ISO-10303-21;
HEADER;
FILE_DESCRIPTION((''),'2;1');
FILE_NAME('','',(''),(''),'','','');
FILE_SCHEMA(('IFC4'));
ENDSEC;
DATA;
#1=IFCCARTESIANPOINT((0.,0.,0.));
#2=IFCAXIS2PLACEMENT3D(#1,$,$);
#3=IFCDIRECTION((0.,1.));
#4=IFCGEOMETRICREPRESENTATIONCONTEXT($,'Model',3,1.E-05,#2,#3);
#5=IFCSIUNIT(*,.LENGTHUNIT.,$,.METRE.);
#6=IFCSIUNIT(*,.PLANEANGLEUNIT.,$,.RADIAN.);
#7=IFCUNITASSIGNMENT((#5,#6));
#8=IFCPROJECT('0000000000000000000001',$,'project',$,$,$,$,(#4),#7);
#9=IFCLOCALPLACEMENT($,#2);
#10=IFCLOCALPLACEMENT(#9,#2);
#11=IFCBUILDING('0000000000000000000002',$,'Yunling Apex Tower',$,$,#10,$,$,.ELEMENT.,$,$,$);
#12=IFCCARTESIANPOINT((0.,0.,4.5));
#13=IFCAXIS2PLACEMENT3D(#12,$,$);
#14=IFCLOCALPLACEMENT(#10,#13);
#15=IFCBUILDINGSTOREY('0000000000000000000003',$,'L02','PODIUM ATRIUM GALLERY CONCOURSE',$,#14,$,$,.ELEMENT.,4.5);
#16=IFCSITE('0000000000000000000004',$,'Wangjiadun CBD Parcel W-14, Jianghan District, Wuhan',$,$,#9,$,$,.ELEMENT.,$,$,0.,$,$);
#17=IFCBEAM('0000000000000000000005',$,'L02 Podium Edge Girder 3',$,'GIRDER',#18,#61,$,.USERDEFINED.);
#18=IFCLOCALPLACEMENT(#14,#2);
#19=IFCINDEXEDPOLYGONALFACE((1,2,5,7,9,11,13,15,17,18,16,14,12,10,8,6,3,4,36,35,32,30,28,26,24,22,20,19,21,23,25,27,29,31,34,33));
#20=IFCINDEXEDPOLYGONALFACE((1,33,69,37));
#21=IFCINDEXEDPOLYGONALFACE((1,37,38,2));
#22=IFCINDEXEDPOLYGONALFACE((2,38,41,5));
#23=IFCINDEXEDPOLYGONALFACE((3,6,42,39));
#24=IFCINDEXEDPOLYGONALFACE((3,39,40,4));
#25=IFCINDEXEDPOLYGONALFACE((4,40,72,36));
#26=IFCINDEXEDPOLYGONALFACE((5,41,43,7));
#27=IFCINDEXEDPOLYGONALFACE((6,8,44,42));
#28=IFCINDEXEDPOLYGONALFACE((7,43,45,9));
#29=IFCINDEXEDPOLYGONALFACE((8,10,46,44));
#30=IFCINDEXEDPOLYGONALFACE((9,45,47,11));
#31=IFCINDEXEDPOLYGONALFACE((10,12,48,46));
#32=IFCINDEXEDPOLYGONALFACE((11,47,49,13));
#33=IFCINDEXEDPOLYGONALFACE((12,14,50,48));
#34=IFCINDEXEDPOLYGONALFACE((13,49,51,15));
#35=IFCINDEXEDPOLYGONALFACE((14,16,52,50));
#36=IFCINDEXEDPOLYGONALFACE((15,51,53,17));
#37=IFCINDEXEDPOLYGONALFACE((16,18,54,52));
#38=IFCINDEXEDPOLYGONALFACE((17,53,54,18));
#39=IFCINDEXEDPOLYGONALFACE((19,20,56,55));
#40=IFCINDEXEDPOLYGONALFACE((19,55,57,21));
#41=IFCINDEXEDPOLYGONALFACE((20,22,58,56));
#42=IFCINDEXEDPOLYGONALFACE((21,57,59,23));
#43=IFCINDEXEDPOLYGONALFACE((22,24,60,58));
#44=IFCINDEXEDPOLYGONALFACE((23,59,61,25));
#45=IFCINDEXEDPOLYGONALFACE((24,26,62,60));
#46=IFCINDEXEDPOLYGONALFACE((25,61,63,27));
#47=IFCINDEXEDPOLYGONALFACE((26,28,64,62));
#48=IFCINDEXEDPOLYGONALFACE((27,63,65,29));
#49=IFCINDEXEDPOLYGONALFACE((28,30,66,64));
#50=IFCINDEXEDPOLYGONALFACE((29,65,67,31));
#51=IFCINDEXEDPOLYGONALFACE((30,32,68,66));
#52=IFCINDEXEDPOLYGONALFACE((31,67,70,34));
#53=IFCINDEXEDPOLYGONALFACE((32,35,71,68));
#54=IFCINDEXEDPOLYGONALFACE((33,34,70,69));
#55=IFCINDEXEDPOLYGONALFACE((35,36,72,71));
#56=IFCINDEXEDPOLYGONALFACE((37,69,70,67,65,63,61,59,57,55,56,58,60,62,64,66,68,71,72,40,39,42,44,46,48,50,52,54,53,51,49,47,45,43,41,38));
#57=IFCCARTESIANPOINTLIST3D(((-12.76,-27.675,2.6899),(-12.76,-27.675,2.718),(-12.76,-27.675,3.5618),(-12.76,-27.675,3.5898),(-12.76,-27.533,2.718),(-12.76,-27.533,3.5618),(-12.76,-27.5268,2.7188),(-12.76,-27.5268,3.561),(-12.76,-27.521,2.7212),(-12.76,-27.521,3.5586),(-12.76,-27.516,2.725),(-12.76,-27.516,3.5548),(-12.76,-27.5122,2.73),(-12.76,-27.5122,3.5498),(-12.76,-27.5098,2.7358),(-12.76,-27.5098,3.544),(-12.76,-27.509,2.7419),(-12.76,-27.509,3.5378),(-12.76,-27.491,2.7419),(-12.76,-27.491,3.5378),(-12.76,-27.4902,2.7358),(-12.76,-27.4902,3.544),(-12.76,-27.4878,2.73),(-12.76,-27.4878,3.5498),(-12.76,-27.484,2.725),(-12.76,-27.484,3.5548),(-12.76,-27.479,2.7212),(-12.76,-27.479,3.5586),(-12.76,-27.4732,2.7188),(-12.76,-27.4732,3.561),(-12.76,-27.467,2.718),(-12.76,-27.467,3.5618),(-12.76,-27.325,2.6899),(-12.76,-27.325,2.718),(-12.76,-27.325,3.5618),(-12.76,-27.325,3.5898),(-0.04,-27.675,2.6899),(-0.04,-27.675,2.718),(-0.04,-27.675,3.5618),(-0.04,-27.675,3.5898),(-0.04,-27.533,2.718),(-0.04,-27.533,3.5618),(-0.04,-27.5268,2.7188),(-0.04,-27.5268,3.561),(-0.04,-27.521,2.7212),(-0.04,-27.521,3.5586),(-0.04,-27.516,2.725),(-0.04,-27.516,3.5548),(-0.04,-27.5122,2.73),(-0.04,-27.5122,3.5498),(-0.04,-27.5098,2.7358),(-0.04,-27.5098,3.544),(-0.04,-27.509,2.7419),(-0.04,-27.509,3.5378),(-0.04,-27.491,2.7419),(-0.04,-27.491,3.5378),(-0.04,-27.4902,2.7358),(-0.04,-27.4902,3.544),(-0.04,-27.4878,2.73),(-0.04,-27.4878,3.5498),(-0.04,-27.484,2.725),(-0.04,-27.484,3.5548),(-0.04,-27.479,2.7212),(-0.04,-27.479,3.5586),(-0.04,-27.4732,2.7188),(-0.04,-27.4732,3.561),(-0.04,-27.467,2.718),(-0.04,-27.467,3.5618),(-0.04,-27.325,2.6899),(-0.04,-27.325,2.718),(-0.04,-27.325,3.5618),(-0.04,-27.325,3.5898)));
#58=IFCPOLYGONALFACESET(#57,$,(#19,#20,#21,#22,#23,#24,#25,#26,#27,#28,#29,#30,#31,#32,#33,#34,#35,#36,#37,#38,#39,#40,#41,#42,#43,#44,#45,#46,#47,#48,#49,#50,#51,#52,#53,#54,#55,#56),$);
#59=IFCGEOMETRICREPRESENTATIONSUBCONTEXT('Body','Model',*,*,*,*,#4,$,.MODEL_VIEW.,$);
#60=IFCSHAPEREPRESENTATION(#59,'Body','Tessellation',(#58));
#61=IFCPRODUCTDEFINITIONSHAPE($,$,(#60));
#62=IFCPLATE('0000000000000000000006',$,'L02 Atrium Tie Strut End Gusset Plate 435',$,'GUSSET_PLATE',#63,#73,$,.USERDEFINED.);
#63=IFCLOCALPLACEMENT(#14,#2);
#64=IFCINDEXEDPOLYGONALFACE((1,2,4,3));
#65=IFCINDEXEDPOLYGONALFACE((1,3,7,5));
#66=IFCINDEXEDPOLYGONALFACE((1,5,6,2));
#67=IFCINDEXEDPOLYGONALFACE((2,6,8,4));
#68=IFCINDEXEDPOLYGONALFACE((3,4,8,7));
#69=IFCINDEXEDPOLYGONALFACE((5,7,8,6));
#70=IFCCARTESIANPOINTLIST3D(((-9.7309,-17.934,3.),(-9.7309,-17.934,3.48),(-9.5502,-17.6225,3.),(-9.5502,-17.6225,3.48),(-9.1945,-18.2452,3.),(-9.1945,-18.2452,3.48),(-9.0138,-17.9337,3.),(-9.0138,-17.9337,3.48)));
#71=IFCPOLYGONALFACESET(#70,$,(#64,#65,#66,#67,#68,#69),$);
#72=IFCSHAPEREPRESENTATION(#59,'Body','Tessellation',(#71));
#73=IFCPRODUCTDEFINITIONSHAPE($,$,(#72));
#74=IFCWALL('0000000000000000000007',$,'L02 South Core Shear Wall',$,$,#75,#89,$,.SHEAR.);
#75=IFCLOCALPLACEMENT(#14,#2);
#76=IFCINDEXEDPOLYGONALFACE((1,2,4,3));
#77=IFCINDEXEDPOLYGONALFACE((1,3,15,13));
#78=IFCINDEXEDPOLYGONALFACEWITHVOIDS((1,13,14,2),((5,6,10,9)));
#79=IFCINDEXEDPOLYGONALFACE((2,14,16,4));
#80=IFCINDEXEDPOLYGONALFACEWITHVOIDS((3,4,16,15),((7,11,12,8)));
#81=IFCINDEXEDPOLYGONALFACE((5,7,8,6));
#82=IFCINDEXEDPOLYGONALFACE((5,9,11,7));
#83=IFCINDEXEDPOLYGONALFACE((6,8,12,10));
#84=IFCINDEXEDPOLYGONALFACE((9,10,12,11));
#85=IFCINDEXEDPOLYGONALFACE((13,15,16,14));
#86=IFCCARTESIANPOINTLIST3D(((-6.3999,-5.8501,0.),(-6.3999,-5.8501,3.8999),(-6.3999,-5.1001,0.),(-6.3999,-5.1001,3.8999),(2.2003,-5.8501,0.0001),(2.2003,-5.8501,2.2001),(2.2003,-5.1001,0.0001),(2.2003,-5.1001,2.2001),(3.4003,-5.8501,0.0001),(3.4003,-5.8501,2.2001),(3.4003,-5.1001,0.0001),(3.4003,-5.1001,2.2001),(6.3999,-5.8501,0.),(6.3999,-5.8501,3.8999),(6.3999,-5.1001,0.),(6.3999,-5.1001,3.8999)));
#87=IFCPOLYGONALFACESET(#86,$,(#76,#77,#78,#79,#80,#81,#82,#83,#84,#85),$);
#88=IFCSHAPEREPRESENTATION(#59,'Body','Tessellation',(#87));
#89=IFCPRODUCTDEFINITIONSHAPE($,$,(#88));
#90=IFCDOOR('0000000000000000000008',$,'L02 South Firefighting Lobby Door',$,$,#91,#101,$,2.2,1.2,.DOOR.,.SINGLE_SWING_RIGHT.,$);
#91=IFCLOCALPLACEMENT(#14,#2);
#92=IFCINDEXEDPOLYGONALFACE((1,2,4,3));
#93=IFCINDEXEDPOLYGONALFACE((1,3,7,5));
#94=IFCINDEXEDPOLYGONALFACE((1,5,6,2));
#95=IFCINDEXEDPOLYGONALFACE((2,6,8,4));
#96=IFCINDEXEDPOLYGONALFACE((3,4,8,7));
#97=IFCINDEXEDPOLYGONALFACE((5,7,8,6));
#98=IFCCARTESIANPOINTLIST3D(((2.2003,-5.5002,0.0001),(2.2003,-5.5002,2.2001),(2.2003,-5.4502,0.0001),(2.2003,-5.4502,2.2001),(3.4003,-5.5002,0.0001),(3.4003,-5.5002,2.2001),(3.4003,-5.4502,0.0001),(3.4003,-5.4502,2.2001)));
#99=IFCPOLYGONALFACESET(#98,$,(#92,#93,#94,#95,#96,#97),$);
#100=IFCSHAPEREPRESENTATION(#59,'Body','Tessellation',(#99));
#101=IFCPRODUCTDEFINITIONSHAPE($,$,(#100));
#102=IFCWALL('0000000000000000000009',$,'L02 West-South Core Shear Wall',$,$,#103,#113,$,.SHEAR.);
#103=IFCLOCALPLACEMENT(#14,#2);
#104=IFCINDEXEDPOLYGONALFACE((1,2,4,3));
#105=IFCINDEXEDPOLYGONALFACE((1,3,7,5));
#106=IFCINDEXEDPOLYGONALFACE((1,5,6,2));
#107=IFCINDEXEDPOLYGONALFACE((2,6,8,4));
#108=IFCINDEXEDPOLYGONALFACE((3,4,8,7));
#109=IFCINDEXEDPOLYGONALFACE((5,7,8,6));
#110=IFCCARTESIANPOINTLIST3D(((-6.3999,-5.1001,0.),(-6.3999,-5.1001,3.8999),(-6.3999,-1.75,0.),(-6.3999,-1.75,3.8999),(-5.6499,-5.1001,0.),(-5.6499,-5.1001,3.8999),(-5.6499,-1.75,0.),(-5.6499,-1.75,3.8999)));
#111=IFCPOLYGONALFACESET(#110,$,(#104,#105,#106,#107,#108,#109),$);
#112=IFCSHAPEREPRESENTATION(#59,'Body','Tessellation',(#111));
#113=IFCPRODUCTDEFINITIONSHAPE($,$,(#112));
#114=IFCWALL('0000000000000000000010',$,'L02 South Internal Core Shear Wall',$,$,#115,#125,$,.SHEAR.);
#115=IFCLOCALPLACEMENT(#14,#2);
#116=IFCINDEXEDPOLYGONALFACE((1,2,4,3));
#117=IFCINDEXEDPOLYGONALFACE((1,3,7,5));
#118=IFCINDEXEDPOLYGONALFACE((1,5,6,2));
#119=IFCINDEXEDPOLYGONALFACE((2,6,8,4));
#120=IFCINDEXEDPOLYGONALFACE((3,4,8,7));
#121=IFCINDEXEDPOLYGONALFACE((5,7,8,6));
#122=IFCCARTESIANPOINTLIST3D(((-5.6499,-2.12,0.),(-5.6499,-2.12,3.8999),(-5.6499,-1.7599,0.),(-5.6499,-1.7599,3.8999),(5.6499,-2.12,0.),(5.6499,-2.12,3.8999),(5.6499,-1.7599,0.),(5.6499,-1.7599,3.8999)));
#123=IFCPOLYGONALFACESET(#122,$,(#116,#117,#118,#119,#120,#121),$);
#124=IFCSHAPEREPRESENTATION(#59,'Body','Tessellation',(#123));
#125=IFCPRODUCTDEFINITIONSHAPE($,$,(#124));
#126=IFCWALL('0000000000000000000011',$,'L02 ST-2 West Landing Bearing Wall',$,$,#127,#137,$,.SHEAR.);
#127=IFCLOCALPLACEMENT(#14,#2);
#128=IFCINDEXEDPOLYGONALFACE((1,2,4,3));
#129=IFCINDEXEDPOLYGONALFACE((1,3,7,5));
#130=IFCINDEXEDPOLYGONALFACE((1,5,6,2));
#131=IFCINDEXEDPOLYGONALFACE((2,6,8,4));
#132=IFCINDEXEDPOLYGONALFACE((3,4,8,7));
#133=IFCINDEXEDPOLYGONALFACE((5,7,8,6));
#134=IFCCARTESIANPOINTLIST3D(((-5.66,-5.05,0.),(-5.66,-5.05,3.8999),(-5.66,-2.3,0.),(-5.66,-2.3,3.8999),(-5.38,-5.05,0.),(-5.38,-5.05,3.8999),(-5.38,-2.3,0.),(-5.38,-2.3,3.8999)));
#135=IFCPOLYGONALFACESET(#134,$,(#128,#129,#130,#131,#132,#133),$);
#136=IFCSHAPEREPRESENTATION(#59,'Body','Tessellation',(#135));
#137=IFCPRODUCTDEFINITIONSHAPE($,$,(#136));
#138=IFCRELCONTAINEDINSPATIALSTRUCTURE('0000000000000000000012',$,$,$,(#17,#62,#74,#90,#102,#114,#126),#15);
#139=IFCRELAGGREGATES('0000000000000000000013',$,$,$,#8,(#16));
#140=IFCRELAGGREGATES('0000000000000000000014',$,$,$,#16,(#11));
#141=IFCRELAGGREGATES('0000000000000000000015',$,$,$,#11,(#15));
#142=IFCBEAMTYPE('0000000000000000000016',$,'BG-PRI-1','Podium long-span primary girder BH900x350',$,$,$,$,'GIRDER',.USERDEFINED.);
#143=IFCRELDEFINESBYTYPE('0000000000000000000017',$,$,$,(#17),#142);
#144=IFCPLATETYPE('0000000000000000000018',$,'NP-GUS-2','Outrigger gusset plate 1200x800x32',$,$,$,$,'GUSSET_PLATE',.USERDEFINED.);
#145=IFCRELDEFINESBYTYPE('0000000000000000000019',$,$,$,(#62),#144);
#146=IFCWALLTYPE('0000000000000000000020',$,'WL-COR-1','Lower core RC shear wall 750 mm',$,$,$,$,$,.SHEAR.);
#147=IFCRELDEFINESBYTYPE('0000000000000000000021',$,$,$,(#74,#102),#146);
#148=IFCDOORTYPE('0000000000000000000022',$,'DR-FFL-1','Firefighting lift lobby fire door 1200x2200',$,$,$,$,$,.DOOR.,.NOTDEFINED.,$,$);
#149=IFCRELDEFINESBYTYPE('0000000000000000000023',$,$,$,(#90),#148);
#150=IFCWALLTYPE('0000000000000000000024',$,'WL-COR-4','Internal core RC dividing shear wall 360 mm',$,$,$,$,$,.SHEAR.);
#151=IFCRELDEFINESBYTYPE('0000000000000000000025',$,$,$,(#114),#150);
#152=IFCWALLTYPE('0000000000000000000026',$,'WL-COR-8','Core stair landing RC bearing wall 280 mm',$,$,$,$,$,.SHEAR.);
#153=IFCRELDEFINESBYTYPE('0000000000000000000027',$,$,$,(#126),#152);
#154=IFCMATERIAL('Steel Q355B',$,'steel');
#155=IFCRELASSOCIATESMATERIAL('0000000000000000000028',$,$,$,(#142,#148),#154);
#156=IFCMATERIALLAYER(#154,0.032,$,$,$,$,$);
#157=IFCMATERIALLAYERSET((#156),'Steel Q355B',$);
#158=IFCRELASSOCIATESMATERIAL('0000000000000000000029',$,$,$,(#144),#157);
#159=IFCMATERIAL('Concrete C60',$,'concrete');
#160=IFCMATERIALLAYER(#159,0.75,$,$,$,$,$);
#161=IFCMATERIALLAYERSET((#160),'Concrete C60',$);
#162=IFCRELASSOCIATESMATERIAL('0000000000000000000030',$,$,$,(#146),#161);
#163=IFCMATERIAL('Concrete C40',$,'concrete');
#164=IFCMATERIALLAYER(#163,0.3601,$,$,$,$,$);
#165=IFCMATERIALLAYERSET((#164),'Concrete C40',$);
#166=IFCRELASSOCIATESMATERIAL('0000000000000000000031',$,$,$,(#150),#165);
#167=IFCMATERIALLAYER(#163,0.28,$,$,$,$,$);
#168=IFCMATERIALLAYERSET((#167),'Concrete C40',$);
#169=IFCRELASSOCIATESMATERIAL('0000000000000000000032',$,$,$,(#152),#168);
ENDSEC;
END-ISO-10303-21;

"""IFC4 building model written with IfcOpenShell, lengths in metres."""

from ifc_helpers import new_model, si_unit, direction, frame, frame_2d, origin, origin_2d, place, context, subcontext, project, spatial, rectangle, i_section, extrude, source, transform, mapped, material, layer, layer_set, material_profile, profile_set, type_object, element, fill, save


model = new_model("IFC4")

# Units and contexts
model_context = context("Model", 3, precision=1e-05, world=origin(), true_north=direction((0.0, 1.0)))
body_context = subcontext(model_context, "Body", "Model", "MODEL_VIEW")
ifc_project = project(units=[si_unit("LENGTHUNIT", "METRE"), si_unit("PLANEANGLEUNIT", "RADIAN")], contexts=[model_context])

# Site, building, storey
site_placement = place(None, origin())
site = spatial("IfcSite", under=ifc_project, at=site_placement, Name="Wangjiadun CBD Parcel W-14, Jianghan District, Wuhan", CompositionType="ELEMENT", RefElevation=0.0)
building_placement = place(site_placement, origin())
building = spatial("IfcBuilding", under=site, at=building_placement, Name="Yunling Apex Tower", CompositionType="ELEMENT")
storey_placement = place(building_placement, frame((0.0, 0.0, 4.5)))
storey = spatial("IfcBuildingStorey", under=building, at=storey_placement, Name="L02", Description="PODIUM ATRIUM GALLERY CONCOURSE", CompositionType="ELEMENT", Elevation=4.5)

# Shared definitions
ifc_material_1 = material(Name="Concrete C60", Category="concrete")

# Beam
ifc_material_2 = material(Name="Steel Q355B", Category="steel")
ifc_material_profile_1 = material_profile(ifc_material_2, i_section(OverallWidth=0.3501, OverallDepth=0.8999, WebThickness=0.0181, FlangeThickness=0.0281, FilletRadius=0.0239, at=origin_2d()))
ifc_profile_set_1 = profile_set([ifc_material_profile_1], Name="Steel Q355B")
beam_type_1 = type_object("IfcBeamType", Name="BG-PRI-1", Description="Podium long-span primary girder BH900x350", ElementType="GIRDER", PredefinedType="USERDEFINED", material=ifc_profile_set_1)
shared_shape_1 = source(origin(), body_context, "Body", "SweptSolid", [
    extrude(i_section(OverallWidth=0.3501, OverallDepth=0.8999, WebThickness=0.0181, FlangeThickness=0.0281, FilletRadius=0.0239, at=origin_2d()), origin(), (0.0, 0.0, 1.0), 12.72),
])
beam_1_placement = place(storey_placement, frame((-12.76, -27.5, 3.1399), z_axis=(1.0, 0.0, 0.0), x_axis=(0.0, 1.0, 0.0)))
element("IfcBeam", 1, at=beam_1_placement, inside=storey, type_object=beam_type_1, Name="L02 Podium Edge Girder 3", ObjectType="GIRDER", PredefinedType="USERDEFINED", context=body_context, shape_type="MappedRepresentation", body=[
    mapped(shared_shape_1, transform((0.0, 0.0, 0.0), scale=1.0)),
])

# Plate
ifc_layer_1 = layer(ifc_material_2, 0.032)
ifc_layer_set_1 = layer_set([ifc_layer_1], Name="Steel Q355B")
plate_type = type_object("IfcPlateType", Name="NP-GUS-2", Description="Outrigger gusset plate 1200x800x32", ElementType="GUSSET_PLATE", PredefinedType="USERDEFINED", material=ifc_layer_set_1)
shared_shape_2 = source(origin(), body_context, "Body", "SweptSolid", [
    extrude(rectangle(XDim=0.6201, YDim=0.3601, at=origin_2d()), origin(), (0.0, 0.0, 1.0), 0.48),
])
plate_placement = place(storey_placement, frame((-9.3723, -17.9338, 3.0), z_axis=(0.0, 0.0, 1.0), x_axis=(0.864976, -0.501813, 0.0)))
element("IfcPlate", 2, at=plate_placement, inside=storey, type_object=plate_type, Name="L02 Atrium Tie Strut End Gusset Plate 435", ObjectType="GUSSET_PLATE", PredefinedType="USERDEFINED", context=body_context, shape_type="MappedRepresentation", body=[
    mapped(shared_shape_2, transform((0.0, 0.0, 0.0), scale=1.0)),
])

# Wall, opening, door
ifc_layer_2 = layer(ifc_material_1, 0.75)
ifc_layer_set_2 = layer_set([ifc_layer_2], Name="Concrete C60")
wall_type_1 = type_object("IfcWallType", Name="WL-COR-1", Description="Lower core RC shear wall 750 mm", PredefinedType="SHEAR", material=ifc_layer_set_2)
wall_1_placement = place(storey_placement, frame((-6.3999, -5.4751, 0.0), z_axis=(0.0, 0.0, 1.0), x_axis=(1.0, 0.0, 0.0)))
wall_1 = element("IfcWall", 3, at=wall_1_placement, inside=storey, type_object=wall_type_1, Name="L02 South Core Shear Wall", PredefinedType="SHEAR", context=body_context, shape_type="SweptSolid", body=[
    extrude(rectangle(XDim=12.7998, YDim=0.75, at=frame_2d((6.3999, 0.0))), origin(), (0.0, 0.0, 1.0), 3.8999),
])
opening_1_placement = place(wall_1_placement, frame((8.6001, 0.0, 0.0)))
opening_1 = element("IfcOpeningElement", 4, at=opening_1_placement, cuts=wall_1, PredefinedType="OPENING", context=body_context, shape_type="SweptSolid", body=[
    extrude(rectangle(XDim=1.2, YDim=2.2, at=frame_2d((0.6001, 1.1001))), frame((0.0, 0.385, 0.0), z_axis=(0.0, -1.0, 0.0), x_axis=(1.0, 0.0, 0.0)), (0.0, 0.0, 1.0), 0.77),
])
door_type_1 = type_object("IfcDoorType", Name="DR-FFL-1", Description="Firefighting lift lobby fire door 1200x2200", OperationType="NOTDEFINED", PredefinedType="DOOR", material=ifc_material_2)
door_1_placement = place(opening_1_placement, origin())
door_1 = element("IfcDoor", 5, at=door_1_placement, inside=storey, type_object=door_type_1, Name="L02 South Firefighting Lobby Door", OperationType="SINGLE_SWING_RIGHT", OverallHeight=2.2, OverallWidth=1.2, PredefinedType="DOOR", context=body_context, shape_type="SweptSolid", body=[
    extrude(rectangle(XDim=1.2, YDim=2.2, at=frame_2d((0.6001, 1.1001))), frame((0.0, 0.0249, 0.0), z_axis=(0.0, -1.0, 0.0), x_axis=(1.0, 0.0, 0.0)), (0.0, 0.0, 1.0), 0.05),
])
fill(opening_1, door_1)

# Walls
wall_2_placement = place(storey_placement, frame((-6.0249, -5.1001, 0.0), z_axis=(0.0, 0.0, 1.0), x_axis=(0.0, 1.0, 0.0)))
element("IfcWall", 6, at=wall_2_placement, inside=storey, type_object=wall_type_1, Name="L02 West-South Core Shear Wall", PredefinedType="SHEAR", context=body_context, shape_type="SweptSolid", body=[
    extrude(rectangle(XDim=3.3501, YDim=0.75, at=frame_2d((1.675, 0.0))), origin(), (0.0, 0.0, 1.0), 3.8999),
])
ifc_material_3 = material(Name="Concrete C40", Category="concrete")
ifc_layer_3 = layer(ifc_material_3, 0.3601)
ifc_layer_set_3 = layer_set([ifc_layer_3], Name="Concrete C40")
wall_type_2 = type_object("IfcWallType", Name="WL-COR-4", Description="Internal core RC dividing shear wall 360 mm", PredefinedType="SHEAR", material=ifc_layer_set_3)
wall_3_placement = place(storey_placement, frame((-5.6499, -1.9399, 0.0), z_axis=(0.0, 0.0, 1.0), x_axis=(1.0, 0.0, 0.0)))
element("IfcWall", 7, at=wall_3_placement, inside=storey, type_object=wall_type_2, Name="L02 South Internal Core Shear Wall", PredefinedType="SHEAR", context=body_context, shape_type="SweptSolid", body=[
    extrude(rectangle(XDim=11.2998, YDim=0.3601, at=frame_2d((5.6499, 0.0))), origin(), (0.0, 0.0, 1.0), 3.8999),
])
ifc_layer_4 = layer(ifc_material_3, 0.28)
ifc_layer_set_4 = layer_set([ifc_layer_4], Name="Concrete C40")
wall_type_3 = type_object("IfcWallType", Name="WL-COR-8", Description="Core stair landing RC bearing wall 280 mm", PredefinedType="SHEAR", material=ifc_layer_set_4)
wall_4_placement = place(storey_placement, frame((-5.52, -5.05, 0.0), z_axis=(0.0, 0.0, 1.0), x_axis=(0.0, 1.0, 0.0)))
element("IfcWall", 8, at=wall_4_placement, inside=storey, type_object=wall_type_3, Name="L02 ST-2 West Landing Bearing Wall", PredefinedType="SHEAR", context=body_context, shape_type="SweptSolid", body=[
    extrude(rectangle(XDim=2.75, YDim=0.28, at=frame_2d((1.375, 0.0))), origin(), (0.0, 0.0, 1.0), 3.8999),
])

save(model, "model.ifc")
